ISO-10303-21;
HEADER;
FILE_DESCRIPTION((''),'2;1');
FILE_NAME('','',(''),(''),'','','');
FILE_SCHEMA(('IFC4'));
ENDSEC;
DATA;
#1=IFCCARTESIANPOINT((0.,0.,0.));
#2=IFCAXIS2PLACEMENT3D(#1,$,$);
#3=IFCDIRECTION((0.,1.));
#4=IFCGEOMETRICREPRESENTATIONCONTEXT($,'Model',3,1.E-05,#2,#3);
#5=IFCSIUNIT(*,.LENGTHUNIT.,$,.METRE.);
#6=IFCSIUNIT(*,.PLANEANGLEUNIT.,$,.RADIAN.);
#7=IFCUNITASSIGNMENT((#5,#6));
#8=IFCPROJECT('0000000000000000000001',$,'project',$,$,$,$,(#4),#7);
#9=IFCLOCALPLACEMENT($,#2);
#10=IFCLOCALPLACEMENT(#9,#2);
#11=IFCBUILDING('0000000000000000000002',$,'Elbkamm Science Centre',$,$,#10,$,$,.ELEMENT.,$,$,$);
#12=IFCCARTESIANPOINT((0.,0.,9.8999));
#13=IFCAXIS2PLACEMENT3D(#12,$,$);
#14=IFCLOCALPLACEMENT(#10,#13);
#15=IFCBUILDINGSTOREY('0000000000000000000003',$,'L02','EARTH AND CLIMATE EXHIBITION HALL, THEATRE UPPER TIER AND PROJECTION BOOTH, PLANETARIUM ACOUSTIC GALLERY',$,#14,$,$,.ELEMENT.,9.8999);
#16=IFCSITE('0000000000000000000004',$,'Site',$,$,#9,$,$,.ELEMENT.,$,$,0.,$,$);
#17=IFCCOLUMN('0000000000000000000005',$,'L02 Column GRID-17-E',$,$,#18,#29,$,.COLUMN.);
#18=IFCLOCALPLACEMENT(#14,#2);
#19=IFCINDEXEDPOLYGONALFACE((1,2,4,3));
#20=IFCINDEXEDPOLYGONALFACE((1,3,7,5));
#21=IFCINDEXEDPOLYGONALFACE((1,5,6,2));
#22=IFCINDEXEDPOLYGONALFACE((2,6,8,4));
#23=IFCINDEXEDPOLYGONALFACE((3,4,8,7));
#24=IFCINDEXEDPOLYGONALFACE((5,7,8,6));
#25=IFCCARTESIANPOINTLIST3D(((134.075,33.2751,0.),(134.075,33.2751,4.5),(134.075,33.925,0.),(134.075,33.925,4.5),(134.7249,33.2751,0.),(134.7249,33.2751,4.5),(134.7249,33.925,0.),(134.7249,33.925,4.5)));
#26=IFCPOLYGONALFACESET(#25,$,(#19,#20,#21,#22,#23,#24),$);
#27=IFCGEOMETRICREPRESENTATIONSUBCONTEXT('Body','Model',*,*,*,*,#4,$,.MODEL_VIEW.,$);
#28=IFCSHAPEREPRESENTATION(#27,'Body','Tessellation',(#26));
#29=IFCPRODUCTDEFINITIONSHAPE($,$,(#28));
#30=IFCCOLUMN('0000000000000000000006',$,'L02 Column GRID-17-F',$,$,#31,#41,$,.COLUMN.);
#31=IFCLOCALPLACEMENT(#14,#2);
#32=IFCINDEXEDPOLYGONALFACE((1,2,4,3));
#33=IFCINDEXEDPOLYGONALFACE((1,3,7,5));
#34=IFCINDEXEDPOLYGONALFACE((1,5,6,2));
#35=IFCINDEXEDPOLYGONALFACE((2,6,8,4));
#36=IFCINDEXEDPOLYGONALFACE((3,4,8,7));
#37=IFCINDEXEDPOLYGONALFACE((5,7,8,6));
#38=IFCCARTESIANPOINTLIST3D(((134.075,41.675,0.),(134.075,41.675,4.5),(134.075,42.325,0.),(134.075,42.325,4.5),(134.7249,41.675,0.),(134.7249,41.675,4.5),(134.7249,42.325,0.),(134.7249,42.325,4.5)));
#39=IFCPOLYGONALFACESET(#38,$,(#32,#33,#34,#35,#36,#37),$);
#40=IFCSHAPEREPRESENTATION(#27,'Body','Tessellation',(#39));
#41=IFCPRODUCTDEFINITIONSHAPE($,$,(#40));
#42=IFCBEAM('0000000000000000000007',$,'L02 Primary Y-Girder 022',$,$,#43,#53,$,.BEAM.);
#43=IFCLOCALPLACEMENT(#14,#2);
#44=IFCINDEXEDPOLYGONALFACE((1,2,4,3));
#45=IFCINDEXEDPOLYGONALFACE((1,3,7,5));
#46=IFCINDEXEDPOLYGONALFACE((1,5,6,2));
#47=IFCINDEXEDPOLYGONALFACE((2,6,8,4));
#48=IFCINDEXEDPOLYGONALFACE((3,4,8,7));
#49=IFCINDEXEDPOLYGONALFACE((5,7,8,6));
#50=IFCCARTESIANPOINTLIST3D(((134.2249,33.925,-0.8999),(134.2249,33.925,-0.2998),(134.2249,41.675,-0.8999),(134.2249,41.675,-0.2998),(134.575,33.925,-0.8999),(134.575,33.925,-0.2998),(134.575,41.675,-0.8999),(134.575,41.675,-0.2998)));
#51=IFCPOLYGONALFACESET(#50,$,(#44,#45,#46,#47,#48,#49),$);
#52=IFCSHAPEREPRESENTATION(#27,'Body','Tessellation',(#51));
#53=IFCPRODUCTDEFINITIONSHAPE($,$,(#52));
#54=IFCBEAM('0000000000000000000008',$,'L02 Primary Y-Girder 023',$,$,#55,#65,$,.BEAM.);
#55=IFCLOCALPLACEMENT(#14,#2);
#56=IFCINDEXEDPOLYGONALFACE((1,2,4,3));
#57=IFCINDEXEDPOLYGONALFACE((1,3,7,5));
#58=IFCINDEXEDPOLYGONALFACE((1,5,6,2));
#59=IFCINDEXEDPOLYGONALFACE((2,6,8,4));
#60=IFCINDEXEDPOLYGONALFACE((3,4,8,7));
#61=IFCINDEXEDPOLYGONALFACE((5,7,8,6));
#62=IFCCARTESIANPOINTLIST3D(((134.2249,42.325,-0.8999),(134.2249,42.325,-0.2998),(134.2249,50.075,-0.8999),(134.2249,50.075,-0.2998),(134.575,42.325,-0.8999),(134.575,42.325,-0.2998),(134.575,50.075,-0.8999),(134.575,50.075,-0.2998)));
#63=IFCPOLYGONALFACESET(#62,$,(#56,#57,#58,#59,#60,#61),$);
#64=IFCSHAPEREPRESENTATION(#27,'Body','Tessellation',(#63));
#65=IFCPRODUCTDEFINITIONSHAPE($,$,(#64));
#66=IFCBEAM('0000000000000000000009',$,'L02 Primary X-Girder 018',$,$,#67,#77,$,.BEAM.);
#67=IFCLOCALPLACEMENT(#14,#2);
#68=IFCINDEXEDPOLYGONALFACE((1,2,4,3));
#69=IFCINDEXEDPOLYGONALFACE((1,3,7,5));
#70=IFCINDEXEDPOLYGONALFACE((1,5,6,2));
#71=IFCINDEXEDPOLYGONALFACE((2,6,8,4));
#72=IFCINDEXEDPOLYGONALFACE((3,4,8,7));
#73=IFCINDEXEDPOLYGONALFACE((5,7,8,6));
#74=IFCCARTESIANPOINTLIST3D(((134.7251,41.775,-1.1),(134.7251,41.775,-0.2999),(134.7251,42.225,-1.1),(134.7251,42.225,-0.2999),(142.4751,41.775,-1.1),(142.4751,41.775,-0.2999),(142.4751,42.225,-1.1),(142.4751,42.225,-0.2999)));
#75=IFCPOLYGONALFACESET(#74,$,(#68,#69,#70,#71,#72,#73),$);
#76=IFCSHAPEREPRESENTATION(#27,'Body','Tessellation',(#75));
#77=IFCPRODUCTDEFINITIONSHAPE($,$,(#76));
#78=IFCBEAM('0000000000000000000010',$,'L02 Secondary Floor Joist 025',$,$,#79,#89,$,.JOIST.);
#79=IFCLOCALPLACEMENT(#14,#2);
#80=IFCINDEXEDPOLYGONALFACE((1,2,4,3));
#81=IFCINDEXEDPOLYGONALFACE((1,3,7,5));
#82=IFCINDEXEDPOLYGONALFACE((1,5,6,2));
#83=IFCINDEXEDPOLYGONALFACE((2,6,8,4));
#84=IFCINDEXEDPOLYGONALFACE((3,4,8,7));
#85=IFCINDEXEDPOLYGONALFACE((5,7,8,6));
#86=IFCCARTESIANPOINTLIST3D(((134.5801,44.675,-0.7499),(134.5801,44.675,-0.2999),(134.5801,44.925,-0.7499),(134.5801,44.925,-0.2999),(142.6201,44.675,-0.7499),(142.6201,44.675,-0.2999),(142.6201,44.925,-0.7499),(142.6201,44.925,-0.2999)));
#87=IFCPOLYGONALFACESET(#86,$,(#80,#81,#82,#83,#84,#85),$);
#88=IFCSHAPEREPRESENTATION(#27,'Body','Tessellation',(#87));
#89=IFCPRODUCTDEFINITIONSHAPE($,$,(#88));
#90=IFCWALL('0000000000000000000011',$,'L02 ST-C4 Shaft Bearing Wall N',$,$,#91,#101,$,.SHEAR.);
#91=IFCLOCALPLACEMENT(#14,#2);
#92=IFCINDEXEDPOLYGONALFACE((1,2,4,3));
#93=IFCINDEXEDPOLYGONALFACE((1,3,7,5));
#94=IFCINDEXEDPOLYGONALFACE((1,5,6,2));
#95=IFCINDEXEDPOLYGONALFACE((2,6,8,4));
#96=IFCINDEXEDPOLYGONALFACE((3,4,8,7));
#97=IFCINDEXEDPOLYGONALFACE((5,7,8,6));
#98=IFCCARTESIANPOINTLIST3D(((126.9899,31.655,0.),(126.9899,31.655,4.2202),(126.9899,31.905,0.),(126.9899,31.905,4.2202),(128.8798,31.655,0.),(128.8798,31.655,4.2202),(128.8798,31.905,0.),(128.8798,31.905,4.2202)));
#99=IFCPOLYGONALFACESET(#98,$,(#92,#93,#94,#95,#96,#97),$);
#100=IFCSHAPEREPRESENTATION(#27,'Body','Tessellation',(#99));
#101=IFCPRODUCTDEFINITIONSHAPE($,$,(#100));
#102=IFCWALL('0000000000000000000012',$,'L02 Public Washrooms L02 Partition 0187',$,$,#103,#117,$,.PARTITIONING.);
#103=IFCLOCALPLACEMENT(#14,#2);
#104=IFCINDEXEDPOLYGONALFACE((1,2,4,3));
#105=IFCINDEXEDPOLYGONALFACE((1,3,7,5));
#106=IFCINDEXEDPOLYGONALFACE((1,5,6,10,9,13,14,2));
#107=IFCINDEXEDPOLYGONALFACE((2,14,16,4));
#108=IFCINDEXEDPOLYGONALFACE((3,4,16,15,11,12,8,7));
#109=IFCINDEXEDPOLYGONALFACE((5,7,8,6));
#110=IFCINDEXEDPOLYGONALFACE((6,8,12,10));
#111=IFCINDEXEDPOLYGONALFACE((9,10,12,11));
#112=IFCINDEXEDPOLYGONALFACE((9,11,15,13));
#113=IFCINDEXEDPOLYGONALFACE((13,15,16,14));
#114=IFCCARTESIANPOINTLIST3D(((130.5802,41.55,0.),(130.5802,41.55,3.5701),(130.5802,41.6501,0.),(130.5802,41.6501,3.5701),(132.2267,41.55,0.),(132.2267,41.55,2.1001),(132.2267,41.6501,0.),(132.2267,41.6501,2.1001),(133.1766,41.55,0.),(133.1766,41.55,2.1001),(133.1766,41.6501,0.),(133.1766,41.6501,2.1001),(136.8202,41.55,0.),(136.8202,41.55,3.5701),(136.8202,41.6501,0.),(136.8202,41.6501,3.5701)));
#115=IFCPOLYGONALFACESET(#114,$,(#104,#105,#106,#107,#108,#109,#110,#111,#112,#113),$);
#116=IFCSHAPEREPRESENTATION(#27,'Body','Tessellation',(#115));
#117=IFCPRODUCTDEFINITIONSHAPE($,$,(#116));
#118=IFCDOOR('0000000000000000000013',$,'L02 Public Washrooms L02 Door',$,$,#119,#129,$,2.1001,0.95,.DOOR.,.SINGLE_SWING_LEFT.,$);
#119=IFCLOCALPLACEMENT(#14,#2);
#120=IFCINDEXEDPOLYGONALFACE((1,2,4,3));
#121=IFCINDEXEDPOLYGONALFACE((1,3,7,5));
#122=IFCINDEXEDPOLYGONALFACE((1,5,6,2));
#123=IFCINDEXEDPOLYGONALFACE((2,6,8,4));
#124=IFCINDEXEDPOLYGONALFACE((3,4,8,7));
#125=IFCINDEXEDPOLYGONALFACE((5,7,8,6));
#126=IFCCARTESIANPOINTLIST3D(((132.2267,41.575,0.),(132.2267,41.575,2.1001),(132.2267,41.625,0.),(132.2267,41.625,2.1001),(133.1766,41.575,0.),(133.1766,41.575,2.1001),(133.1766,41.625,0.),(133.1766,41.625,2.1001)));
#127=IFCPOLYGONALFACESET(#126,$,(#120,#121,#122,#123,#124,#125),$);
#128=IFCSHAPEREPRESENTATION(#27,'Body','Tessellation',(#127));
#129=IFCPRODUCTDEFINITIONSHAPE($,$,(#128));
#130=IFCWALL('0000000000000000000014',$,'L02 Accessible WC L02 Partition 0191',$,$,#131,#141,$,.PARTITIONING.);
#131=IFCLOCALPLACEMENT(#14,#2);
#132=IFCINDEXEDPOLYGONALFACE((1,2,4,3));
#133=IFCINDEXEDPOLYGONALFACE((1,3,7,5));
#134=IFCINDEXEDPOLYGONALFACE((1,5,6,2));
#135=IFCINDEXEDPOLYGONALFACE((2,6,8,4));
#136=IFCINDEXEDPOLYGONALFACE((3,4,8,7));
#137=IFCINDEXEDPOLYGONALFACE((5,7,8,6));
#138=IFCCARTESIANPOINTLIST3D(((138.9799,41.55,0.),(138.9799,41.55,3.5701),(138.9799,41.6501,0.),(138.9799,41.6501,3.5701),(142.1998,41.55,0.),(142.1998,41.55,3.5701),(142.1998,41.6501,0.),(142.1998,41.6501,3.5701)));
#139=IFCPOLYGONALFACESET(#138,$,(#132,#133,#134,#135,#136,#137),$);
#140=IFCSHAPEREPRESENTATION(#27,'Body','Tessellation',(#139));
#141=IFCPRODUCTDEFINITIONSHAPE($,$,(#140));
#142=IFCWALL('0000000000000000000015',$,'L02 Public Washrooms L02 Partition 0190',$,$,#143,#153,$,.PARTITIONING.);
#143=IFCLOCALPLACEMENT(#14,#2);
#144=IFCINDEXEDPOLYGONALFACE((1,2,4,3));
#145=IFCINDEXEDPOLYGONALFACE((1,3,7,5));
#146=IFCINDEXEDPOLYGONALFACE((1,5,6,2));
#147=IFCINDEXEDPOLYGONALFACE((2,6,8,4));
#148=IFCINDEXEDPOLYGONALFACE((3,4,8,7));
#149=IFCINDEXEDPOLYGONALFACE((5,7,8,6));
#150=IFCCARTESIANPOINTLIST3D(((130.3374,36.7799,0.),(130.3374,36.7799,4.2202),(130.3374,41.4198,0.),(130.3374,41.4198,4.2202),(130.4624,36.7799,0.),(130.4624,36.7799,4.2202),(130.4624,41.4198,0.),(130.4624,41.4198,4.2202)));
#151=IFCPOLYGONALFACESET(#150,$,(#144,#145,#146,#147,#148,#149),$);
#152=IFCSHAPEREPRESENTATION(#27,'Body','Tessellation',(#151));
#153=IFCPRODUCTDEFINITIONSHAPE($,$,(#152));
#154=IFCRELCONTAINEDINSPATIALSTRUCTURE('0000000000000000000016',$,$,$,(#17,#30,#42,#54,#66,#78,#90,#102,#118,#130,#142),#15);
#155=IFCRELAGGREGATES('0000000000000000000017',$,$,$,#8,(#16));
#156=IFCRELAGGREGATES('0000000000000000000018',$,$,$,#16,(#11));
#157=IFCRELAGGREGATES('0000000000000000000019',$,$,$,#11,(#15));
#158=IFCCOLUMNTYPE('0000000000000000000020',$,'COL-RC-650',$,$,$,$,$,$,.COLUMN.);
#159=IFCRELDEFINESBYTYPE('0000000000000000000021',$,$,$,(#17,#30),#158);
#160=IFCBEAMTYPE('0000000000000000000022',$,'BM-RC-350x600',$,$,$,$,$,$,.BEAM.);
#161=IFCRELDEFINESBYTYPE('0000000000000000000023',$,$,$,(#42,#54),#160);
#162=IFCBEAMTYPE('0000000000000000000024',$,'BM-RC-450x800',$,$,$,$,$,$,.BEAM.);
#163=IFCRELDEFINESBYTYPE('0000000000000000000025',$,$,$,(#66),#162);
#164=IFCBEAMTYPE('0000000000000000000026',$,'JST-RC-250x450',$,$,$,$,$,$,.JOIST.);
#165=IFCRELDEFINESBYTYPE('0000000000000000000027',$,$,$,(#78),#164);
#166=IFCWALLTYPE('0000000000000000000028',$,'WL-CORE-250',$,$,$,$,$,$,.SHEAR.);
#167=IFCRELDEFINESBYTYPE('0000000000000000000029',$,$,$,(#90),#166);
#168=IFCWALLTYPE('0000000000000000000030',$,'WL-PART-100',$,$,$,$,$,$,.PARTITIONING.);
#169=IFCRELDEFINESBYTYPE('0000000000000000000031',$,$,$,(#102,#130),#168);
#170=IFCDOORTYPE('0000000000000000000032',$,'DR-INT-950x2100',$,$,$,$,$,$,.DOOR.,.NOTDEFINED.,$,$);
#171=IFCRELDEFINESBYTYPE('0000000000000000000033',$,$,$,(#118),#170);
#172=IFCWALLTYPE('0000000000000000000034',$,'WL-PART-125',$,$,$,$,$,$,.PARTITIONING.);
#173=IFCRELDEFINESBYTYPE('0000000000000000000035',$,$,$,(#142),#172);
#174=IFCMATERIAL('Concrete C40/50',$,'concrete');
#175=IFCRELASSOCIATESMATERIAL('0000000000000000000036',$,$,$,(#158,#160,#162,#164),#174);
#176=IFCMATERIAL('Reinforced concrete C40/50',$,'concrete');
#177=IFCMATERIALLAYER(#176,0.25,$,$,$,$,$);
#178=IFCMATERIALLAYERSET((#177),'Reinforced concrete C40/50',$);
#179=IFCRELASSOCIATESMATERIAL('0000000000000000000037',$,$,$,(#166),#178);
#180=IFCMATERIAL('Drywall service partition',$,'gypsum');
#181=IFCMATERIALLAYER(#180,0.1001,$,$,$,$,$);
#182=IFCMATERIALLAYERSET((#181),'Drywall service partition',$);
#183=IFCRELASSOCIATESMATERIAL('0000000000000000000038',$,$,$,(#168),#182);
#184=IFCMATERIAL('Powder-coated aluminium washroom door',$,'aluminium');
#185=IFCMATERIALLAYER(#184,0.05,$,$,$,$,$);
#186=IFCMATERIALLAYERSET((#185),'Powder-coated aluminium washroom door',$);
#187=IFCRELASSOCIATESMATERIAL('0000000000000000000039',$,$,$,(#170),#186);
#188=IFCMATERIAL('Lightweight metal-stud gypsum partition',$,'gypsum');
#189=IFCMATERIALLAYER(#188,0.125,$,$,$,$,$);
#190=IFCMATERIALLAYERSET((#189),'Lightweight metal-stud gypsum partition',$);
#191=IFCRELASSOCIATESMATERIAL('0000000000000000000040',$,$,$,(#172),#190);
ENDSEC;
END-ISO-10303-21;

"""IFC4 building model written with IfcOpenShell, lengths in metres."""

from ifc_helpers import new_model, si_unit, direction, frame, frame_2d, origin, origin_2d, place, context, subcontext, project, spatial, rectangle, extrude, material, layer, layer_set, material_profile, profile_set, type_object, element, fill, save


model = new_model("IFC4")

# Units and contexts
model_context = context("Model", 3, precision=1e-05, world=origin(), true_north=direction((0.0, 1.0)))
body_context = subcontext(model_context, "Body", "Model", "MODEL_VIEW")
ifc_project = project(units=[si_unit("LENGTHUNIT", "METRE"), si_unit("PLANEANGLEUNIT", "RADIAN")], contexts=[model_context])

# Site, building, storey
site_placement = place(None, origin())
site = spatial("IfcSite", under=ifc_project, at=site_placement, Name="Site", CompositionType="ELEMENT", RefElevation=0.0)
building_placement = place(site_placement, origin())
building = spatial("IfcBuilding", under=site, at=building_placement, Name="Elbkamm Science Centre", CompositionType="ELEMENT")
storey_placement = place(building_placement, frame((0.0, 0.0, 9.8999)))
storey = spatial("IfcBuildingStorey", under=building, at=storey_placement, Name="L02", Description="EARTH AND CLIMATE EXHIBITION HALL, THEATRE UPPER TIER AND PROJECTION BOOTH, PLANETARIUM ACOUSTIC GALLERY", CompositionType="ELEMENT", Elevation=9.8999)

# Columns
ifc_material_1 = material(Name="Concrete C40/50", Category="concrete")
ifc_material_profile_1 = material_profile(ifc_material_1, rectangle(XDim=0.6499, YDim=0.6499, at=origin_2d()), Name="RC 650x650")
ifc_profile_set_1 = profile_set([ifc_material_profile_1], Name="Concrete C40/50")
column_type = type_object("IfcColumnType", Name="COL-RC-650", PredefinedType="COLUMN", material=ifc_profile_set_1)
for number, where, z_axis, x_axis, name in (
    (1, (134.3999, 33.6001, 0.0), (0.0, 0.0, 1.0), (1.0, 0.0, 0.0), "L02 Column GRID-17-E"),
    (2, (134.3999, 42.0, 0.0), (0.0, 0.0, 1.0), (1.0, 0.0, 0.0), "L02 Column GRID-17-F"),
):
    element("IfcColumn", number, at=place(storey_placement, frame(where, z_axis=z_axis, x_axis=x_axis)), inside=storey, type_object=column_type, Name=name, PredefinedType="COLUMN", context=body_context, shape_type="SweptSolid", body=[
        extrude(rectangle(XDim=0.6499, YDim=0.6499, at=origin_2d()), origin(), (0.0, 0.0, 1.0), 4.5),
    ])

# Beams
ifc_material_profile_2 = material_profile(ifc_material_1, rectangle(XDim=0.3501, YDim=0.6001, at=origin_2d()), Name="RC 350x600")
ifc_profile_set_2 = profile_set([ifc_material_profile_2], Name="Concrete C40/50")
beam_type_1 = type_object("IfcBeamType", Name="BM-RC-350x600", PredefinedType="BEAM", material=ifc_profile_set_2)
for number, where, z_axis, x_axis, name in (
    (3, (134.3999, 33.925, -0.5999), (0.0, 1.0, 0.0), (-1.0, 0.0, 0.0), "L02 Primary Y-Girder 022"),
    (4, (134.3999, 42.325, -0.5999), (0.0, 1.0, 0.0), (-1.0, 0.0, 0.0), "L02 Primary Y-Girder 023"),
):
    element("IfcBeam", number, at=place(storey_placement, frame(where, z_axis=z_axis, x_axis=x_axis)), inside=storey, type_object=beam_type_1, Name=name, PredefinedType="BEAM", context=body_context, shape_type="SweptSolid", body=[
        extrude(rectangle(XDim=0.3501, YDim=0.6001, at=origin_2d()), origin(), (0.0, 0.0, 1.0), 7.75),
    ])
ifc_material_profile_3 = material_profile(ifc_material_1, rectangle(XDim=0.45, YDim=0.8, at=origin_2d()), Name="RC 450x800")
ifc_profile_set_3 = profile_set([ifc_material_profile_3], Name="Concrete C40/50")
beam_type_2 = type_object("IfcBeamType", Name="BM-RC-450x800", PredefinedType="BEAM", material=ifc_profile_set_3)
beam_1_placement = place(storey_placement, frame((134.7251, 42.0, -0.7), z_axis=(1.0, 0.0, 0.0), x_axis=(0.0, 1.0, 0.0)))
element("IfcBeam", 5, at=beam_1_placement, inside=storey, type_object=beam_type_2, Name="L02 Primary X-Girder 018", PredefinedType="BEAM", context=body_context, shape_type="SweptSolid", body=[
    extrude(rectangle(XDim=0.45, YDim=0.8, at=origin_2d()), origin(), (0.0, 0.0, 1.0), 7.75),
])
ifc_material_profile_4 = material_profile(ifc_material_1, rectangle(XDim=0.25, YDim=0.45, at=origin_2d()), Name="RC 250x450")
ifc_profile_set_4 = profile_set([ifc_material_profile_4], Name="Concrete C40/50")
beam_type_3 = type_object("IfcBeamType", Name="JST-RC-250x450", PredefinedType="JOIST", material=ifc_profile_set_4)
beam_2_placement = place(storey_placement, frame((134.5801, 44.8, -0.5249), z_axis=(1.0, 0.0, 0.0), x_axis=(0.0, 1.0, 0.0)))
element("IfcBeam", 6, at=beam_2_placement, inside=storey, type_object=beam_type_3, Name="L02 Secondary Floor Joist 025", PredefinedType="JOIST", context=body_context, shape_type="SweptSolid", body=[
    extrude(rectangle(XDim=0.25, YDim=0.45, at=origin_2d()), origin(), (0.0, 0.0, 1.0), 8.04),
])

# Wall
ifc_material_2 = material(Name="Reinforced concrete C40/50", Category="concrete")
ifc_layer_1 = layer(ifc_material_2, 0.25)
ifc_layer_set_1 = layer_set([ifc_layer_1], Name="Reinforced concrete C40/50")
wall_type_1 = type_object("IfcWallType", Name="WL-CORE-250", PredefinedType="SHEAR", material=ifc_layer_set_1)
wall_1_placement = place(storey_placement, frame((126.99, 31.78, 0.0), z_axis=(0.0, 0.0, 1.0), x_axis=(1.0, 0.0, 0.0)))
element("IfcWall", 7, at=wall_1_placement, inside=storey, type_object=wall_type_1, Name="L02 ST-C4 Shaft Bearing Wall N", PredefinedType="SHEAR", context=body_context, shape_type="SweptSolid", body=[
    extrude(rectangle(XDim=1.8899, YDim=0.25, at=frame_2d((0.9448, 0.0))), origin(), (0.0, 0.0, 1.0), 4.2202),
])

# Wall, opening, door
ifc_material_3 = material(Name="Drywall service partition", Category="gypsum")
ifc_layer_2 = layer(ifc_material_3, 0.1001)
ifc_layer_set_2 = layer_set([ifc_layer_2], Name="Drywall service partition")
wall_type_2 = type_object("IfcWallType", Name="WL-PART-100", PredefinedType="PARTITIONING", material=ifc_layer_set_2)
wall_2_placement = place(storey_placement, frame((130.5801, 41.6001, 0.0), z_axis=(0.0, 0.0, 1.0), x_axis=(1.0, 0.0, 0.0)))
wall_2 = element("IfcWall", 8, at=wall_2_placement, inside=storey, type_object=wall_type_2, Name="L02 Public Washrooms L02 Partition 0187", PredefinedType="PARTITIONING", context=body_context, shape_type="SweptSolid", body=[
    extrude(rectangle(XDim=6.24, YDim=0.1001, at=frame_2d((3.1201, 0.0))), origin(), (0.0, 0.0, 1.0), 3.5701),
])
opening_1_placement = place(wall_2_placement, frame((1.6465, 0.0, 0.0)))
opening_1 = element("IfcOpeningElement", 9, at=opening_1_placement, cuts=wall_2, PredefinedType="OPENING", context=body_context, shape_type="SweptSolid", body=[
    extrude(rectangle(XDim=0.95, YDim=2.1001, at=frame_2d((0.4751, 1.05))), frame((0.0, 0.062, 0.0), z_axis=(0.0, -1.0, 0.0), x_axis=(1.0, 0.0, 0.0)), (0.0, 0.0, 1.0), 0.124),
])
ifc_material_4 = material(Name="Powder-coated aluminium washroom door", Category="aluminium")
ifc_layer_3 = layer(ifc_material_4, 0.05)
ifc_layer_set_3 = layer_set([ifc_layer_3], Name="Powder-coated aluminium washroom door")
door_type_1 = type_object("IfcDoorType", Name="DR-INT-950x2100", OperationType="NOTDEFINED", PredefinedType="DOOR", material=ifc_layer_set_3)
door_1_placement = place(opening_1_placement, origin())
door_1 = element("IfcDoor", 10, at=door_1_placement, inside=storey, type_object=door_type_1, Name="L02 Public Washrooms L02 Door", OperationType="SINGLE_SWING_LEFT", OverallHeight=2.1001, OverallWidth=0.95, PredefinedType="DOOR", context=body_context, shape_type="SweptSolid", body=[
    extrude(rectangle(XDim=0.95, YDim=2.1001, at=frame_2d((0.4751, 1.05))), frame((0.0, 0.0249, 0.0), z_axis=(0.0, -1.0, 0.0), x_axis=(1.0, 0.0, 0.0)), (0.0, 0.0, 1.0), 0.05),
])
fill(opening_1, door_1)

# Walls
wall_3_placement = place(storey_placement, frame((138.98, 41.6001, 0.0), z_axis=(0.0, 0.0, 1.0), x_axis=(1.0, 0.0, 0.0)))
element("IfcWall", 11, at=wall_3_placement, inside=storey, type_object=wall_type_2, Name="L02 Accessible WC L02 Partition 0191", PredefinedType="PARTITIONING", context=body_context, shape_type="SweptSolid", body=[
    extrude(rectangle(XDim=3.22, YDim=0.1001, at=frame_2d((1.6099, 0.0))), origin(), (0.0, 0.0, 1.0), 3.5701),
])
ifc_material_5 = material(Name="Lightweight metal-stud gypsum partition", Category="gypsum")
ifc_layer_4 = layer(ifc_material_5, 0.125)
ifc_layer_set_4 = layer_set([ifc_layer_4], Name="Lightweight metal-stud gypsum partition")
wall_type_3 = type_object("IfcWallType", Name="WL-PART-125", PredefinedType="PARTITIONING", material=ifc_layer_set_4)
wall_4_placement = place(storey_placement, frame((130.3999, 36.78, 0.0), z_axis=(0.0, 0.0, 1.0), x_axis=(0.0, 1.0, 0.0)))
element("IfcWall", 12, at=wall_4_placement, inside=storey, type_object=wall_type_3, Name="L02 Public Washrooms L02 Partition 0190", PredefinedType="PARTITIONING", context=body_context, shape_type="SweptSolid", body=[
    extrude(rectangle(XDim=4.6399, YDim=0.125, at=frame_2d((2.3198, 0.0))), origin(), (0.0, 0.0, 1.0), 4.2202),
])

save(model, "model.ifc")
